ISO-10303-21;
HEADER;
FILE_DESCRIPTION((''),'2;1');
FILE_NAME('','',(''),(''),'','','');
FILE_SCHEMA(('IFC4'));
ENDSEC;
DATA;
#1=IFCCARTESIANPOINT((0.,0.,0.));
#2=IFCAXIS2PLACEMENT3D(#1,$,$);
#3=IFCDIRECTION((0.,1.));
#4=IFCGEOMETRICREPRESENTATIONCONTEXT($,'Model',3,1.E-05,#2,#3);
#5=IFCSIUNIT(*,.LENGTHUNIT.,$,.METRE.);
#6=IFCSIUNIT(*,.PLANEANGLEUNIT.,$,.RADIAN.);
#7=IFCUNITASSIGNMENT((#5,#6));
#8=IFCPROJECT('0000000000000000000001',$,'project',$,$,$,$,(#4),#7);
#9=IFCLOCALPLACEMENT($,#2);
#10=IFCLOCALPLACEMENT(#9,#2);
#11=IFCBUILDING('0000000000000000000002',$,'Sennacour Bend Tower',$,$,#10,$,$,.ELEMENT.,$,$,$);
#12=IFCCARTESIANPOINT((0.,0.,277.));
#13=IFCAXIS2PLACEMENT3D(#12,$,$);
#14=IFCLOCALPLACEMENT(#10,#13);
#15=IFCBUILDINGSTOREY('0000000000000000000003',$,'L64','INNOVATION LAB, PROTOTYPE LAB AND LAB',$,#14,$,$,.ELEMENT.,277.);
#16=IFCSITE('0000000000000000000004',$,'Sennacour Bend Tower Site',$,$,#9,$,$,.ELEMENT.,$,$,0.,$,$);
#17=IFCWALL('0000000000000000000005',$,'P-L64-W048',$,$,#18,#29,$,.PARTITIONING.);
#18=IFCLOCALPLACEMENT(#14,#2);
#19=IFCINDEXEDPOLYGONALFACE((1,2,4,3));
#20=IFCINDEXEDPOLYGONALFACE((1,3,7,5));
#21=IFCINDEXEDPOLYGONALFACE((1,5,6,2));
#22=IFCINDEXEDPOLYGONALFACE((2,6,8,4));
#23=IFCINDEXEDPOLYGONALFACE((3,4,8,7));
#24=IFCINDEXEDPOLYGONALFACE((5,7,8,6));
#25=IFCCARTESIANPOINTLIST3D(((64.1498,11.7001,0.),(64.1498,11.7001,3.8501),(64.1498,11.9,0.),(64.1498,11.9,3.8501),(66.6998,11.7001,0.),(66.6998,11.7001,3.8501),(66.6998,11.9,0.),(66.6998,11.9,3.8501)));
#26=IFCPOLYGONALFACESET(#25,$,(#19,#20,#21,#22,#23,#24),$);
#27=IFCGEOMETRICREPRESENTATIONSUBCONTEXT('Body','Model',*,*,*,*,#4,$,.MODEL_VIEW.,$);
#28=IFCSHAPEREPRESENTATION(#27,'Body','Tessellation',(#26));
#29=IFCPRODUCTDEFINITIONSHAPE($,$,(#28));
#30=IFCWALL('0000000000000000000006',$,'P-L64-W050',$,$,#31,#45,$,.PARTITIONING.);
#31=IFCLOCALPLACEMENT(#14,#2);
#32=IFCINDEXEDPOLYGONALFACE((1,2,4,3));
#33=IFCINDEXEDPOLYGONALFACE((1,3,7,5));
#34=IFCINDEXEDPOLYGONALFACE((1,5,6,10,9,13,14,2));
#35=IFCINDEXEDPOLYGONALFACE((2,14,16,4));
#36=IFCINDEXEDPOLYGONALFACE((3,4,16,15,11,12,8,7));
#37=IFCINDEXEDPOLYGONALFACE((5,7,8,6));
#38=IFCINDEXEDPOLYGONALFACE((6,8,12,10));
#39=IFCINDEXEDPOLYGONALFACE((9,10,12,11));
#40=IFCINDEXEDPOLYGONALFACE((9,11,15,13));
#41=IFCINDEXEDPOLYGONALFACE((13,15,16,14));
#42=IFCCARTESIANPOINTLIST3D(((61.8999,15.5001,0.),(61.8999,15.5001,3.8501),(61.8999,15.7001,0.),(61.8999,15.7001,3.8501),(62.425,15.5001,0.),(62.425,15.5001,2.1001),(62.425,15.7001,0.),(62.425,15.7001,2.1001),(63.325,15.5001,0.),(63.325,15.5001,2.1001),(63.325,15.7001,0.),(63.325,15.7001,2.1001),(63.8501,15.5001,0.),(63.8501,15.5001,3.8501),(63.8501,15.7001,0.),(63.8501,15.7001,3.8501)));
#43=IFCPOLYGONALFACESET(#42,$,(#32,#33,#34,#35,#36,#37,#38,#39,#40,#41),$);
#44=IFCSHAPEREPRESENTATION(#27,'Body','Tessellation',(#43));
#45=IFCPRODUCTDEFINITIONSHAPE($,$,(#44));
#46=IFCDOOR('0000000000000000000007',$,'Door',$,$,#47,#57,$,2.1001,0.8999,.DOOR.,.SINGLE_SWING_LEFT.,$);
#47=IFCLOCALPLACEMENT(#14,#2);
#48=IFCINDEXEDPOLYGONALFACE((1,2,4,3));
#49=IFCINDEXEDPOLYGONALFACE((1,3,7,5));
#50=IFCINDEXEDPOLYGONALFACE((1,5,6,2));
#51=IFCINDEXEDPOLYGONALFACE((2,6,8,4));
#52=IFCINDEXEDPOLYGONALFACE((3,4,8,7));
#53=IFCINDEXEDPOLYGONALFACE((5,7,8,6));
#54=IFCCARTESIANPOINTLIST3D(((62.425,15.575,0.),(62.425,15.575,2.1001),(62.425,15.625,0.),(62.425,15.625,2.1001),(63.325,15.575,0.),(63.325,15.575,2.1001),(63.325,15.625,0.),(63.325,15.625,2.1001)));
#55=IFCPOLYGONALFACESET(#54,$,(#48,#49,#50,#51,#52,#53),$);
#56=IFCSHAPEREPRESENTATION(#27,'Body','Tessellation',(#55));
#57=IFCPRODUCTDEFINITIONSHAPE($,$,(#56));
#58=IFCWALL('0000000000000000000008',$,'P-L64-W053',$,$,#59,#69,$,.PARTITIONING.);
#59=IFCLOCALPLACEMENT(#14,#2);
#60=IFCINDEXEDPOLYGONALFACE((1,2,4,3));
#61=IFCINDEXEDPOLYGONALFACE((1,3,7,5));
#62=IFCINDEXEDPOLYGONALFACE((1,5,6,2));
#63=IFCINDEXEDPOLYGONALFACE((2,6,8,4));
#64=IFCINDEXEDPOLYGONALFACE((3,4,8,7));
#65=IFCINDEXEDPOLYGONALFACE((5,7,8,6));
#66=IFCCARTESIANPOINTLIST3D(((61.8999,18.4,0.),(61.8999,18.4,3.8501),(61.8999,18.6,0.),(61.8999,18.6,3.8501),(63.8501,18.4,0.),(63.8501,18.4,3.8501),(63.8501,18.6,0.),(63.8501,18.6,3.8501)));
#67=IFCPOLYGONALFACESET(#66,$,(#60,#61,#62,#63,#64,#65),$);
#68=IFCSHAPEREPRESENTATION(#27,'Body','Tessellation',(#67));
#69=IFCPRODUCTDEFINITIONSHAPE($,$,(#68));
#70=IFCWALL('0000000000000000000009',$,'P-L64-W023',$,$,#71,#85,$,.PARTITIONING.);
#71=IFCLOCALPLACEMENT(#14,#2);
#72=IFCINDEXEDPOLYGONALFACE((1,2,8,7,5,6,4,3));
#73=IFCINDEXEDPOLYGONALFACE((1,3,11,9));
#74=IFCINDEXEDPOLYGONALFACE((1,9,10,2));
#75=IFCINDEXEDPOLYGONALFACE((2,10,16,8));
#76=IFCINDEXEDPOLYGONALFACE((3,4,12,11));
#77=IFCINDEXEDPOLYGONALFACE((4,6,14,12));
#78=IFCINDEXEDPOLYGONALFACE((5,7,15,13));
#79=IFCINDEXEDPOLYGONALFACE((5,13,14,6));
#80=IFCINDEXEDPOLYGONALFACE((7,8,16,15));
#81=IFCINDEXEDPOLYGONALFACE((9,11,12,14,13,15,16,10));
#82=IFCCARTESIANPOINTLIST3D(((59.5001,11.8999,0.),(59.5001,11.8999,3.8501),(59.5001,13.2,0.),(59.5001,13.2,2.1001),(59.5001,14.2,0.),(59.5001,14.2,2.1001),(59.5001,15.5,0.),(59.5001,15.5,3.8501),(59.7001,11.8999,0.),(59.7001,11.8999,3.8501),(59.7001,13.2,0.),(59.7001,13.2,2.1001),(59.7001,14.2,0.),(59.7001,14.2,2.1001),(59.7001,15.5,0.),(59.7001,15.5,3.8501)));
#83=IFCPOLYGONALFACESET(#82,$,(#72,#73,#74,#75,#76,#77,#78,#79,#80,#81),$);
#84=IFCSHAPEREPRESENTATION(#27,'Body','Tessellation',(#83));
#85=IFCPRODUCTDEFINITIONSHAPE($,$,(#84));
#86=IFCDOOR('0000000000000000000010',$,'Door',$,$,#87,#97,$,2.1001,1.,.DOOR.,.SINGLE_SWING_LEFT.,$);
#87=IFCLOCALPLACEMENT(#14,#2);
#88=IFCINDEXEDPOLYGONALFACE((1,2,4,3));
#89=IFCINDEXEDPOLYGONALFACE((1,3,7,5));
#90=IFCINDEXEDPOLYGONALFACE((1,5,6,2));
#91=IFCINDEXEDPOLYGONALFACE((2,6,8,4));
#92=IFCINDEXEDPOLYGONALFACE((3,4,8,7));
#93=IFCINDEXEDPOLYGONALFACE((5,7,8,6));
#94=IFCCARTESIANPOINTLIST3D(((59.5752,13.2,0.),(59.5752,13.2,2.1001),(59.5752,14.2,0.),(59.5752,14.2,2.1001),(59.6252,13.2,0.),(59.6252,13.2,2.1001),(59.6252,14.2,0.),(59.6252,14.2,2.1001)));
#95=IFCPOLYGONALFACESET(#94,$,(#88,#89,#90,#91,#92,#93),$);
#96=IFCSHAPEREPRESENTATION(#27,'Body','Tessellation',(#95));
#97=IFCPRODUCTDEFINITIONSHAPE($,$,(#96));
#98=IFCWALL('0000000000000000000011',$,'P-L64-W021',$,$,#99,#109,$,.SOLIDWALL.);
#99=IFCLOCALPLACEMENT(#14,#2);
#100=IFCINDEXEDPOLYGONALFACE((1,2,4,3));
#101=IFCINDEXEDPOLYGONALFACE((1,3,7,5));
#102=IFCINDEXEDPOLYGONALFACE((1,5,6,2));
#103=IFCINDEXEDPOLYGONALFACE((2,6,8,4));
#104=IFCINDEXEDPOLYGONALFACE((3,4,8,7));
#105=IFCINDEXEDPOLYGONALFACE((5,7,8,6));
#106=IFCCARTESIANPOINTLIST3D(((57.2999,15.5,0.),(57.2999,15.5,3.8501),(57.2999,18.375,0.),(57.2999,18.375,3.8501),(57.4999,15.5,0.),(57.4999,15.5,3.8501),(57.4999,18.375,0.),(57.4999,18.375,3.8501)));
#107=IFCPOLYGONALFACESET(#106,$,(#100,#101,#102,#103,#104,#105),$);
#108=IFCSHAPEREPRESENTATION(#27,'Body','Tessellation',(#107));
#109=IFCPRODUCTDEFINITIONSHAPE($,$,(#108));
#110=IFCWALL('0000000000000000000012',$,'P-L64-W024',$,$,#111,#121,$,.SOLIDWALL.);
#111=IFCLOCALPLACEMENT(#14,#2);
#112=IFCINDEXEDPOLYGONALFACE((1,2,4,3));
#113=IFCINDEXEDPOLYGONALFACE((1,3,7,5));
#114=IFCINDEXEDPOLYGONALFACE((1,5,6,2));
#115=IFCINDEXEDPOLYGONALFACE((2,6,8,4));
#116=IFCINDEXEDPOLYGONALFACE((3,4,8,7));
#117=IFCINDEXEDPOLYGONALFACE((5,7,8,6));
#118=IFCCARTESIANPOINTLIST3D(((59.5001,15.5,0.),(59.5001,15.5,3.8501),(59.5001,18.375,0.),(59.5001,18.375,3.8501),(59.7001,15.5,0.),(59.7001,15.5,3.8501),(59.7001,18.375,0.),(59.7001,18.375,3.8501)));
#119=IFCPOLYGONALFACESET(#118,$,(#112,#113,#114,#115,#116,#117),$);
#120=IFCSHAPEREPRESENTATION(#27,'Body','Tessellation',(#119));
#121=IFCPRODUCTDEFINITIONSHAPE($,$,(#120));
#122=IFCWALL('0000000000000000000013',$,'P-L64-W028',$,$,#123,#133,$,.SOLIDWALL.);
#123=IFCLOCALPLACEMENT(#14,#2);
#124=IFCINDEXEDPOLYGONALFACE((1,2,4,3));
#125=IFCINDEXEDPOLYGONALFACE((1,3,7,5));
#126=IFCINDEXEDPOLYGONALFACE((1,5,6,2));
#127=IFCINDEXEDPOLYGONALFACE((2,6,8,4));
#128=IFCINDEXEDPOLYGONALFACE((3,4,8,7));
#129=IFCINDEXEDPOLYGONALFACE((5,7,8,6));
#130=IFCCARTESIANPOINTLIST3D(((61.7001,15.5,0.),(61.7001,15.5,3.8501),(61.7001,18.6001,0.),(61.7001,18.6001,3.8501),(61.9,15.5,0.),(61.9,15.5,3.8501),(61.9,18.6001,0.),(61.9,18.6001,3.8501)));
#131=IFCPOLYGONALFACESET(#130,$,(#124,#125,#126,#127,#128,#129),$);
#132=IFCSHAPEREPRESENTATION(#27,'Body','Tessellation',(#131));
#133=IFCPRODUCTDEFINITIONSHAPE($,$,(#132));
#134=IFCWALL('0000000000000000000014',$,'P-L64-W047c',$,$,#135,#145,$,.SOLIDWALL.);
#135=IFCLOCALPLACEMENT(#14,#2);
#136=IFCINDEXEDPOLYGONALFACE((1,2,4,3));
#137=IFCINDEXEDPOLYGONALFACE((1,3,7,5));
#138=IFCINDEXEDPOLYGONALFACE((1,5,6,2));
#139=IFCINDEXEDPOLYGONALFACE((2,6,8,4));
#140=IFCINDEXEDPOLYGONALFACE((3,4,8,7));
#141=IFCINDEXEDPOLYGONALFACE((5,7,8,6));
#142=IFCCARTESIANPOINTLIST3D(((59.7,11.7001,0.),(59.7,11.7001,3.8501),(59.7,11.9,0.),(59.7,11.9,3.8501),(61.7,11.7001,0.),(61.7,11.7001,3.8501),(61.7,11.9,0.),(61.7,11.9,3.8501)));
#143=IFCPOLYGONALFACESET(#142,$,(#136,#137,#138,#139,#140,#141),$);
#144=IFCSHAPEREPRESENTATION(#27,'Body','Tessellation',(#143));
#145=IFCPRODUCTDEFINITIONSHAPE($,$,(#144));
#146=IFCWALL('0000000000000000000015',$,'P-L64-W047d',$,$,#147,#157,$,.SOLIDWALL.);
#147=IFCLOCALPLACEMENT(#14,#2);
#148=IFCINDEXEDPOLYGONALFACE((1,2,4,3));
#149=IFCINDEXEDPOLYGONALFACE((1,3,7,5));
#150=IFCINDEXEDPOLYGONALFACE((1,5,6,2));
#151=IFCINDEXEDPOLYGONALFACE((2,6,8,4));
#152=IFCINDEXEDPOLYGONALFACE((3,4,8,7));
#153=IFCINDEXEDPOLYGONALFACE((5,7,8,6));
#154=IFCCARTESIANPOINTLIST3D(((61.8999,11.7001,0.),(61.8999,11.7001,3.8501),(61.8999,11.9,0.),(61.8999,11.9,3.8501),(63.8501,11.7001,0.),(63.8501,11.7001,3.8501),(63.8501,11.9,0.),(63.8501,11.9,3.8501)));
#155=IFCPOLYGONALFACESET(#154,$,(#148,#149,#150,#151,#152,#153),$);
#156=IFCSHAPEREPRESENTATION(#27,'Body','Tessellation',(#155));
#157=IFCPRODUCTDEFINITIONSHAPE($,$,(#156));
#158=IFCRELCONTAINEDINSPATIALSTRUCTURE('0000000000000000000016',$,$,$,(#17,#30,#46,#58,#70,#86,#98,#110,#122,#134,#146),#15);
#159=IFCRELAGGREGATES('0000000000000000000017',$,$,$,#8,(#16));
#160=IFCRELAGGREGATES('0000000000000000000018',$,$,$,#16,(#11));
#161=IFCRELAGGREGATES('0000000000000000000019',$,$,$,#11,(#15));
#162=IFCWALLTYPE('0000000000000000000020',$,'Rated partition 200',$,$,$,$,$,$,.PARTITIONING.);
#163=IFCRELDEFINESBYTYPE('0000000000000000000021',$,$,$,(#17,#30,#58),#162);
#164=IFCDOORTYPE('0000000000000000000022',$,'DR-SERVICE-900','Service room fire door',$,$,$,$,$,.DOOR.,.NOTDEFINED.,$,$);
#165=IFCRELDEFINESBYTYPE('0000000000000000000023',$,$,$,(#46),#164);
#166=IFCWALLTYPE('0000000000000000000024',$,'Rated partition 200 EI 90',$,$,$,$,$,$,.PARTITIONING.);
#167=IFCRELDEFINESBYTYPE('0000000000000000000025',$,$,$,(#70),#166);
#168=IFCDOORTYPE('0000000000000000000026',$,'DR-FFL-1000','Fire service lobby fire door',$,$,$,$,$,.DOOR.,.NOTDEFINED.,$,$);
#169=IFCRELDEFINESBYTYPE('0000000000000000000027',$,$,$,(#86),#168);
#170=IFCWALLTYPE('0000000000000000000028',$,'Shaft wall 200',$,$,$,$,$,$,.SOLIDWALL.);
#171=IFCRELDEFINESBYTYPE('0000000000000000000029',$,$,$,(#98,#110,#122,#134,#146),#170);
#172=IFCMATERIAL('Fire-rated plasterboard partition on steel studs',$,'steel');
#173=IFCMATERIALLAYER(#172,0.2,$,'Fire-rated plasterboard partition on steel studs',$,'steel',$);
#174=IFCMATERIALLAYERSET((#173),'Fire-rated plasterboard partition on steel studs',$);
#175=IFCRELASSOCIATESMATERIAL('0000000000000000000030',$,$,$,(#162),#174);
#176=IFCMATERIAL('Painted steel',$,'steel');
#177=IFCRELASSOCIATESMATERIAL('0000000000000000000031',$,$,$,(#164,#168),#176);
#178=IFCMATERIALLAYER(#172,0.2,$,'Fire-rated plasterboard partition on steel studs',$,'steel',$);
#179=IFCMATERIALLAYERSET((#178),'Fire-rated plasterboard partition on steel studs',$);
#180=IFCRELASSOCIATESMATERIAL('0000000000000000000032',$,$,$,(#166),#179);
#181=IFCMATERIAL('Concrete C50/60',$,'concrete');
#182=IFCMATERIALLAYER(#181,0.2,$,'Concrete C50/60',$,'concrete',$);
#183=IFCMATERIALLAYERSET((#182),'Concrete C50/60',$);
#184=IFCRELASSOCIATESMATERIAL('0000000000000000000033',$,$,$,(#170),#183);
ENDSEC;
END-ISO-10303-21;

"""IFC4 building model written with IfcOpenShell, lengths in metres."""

from ifc_helpers import new_model, si_unit, direction, frame, frame_2d, origin, place, context, subcontext, project, spatial, rectangle, extrude, material, layer, layer_set, type_object, element, fill, save


model = new_model("IFC4")

# Units and contexts
model_context = context("Model", 3, precision=1e-05, world=origin(), true_north=direction((0.0, 1.0)))
body_context = subcontext(model_context, "Body", "Model", "MODEL_VIEW")
ifc_project = project(units=[si_unit("LENGTHUNIT", "METRE"), si_unit("PLANEANGLEUNIT", "RADIAN")], contexts=[model_context])

# Site, building, storey
site_placement = place(None, origin())
site = spatial("IfcSite", under=ifc_project, at=site_placement, Name="Sennacour Bend Tower Site", CompositionType="ELEMENT", RefElevation=0.0)
building_placement = place(site_placement, origin())
building = spatial("IfcBuilding", under=site, at=building_placement, Name="Sennacour Bend Tower", CompositionType="ELEMENT")
storey_placement = place(building_placement, frame((0.0, 0.0, 277.0)))
storey = spatial("IfcBuildingStorey", under=building, at=storey_placement, Name="L64", Description="INNOVATION LAB, PROTOTYPE LAB AND LAB", CompositionType="ELEMENT", Elevation=277.0)

# Wall
ifc_material_1 = material(Name="Fire-rated plasterboard partition on steel studs", Category="steel")
ifc_layer_1 = layer(ifc_material_1, 0.2, Name="Fire-rated plasterboard partition on steel studs", Category="steel")
ifc_layer_set_1 = layer_set([ifc_layer_1], Name="Fire-rated plasterboard partition on steel studs")
wall_type_1 = type_object("IfcWallType", Name="Rated partition 200", PredefinedType="PARTITIONING", material=ifc_layer_set_1)
wall_1_placement = place(storey_placement, frame((64.1499, 11.8, 0.0), z_axis=(0.0, 0.0, 1.0), x_axis=(1.0, 0.0, 0.0)))
element("IfcWall", 1, at=wall_1_placement, inside=storey, type_object=wall_type_1, Name="P-L64-W048", PredefinedType="PARTITIONING", context=body_context, shape_type="SweptSolid", body=[
    extrude(rectangle(XDim=2.55, YDim=0.2, at=frame_2d((1.2749, 0.0))), origin(), (0.0, 0.0, 1.0), 3.8501),
])

# Wall, opening, door
wall_2_placement = place(storey_placement, frame((61.8999, 15.6001, 0.0), z_axis=(0.0, 0.0, 1.0), x_axis=(1.0, 0.0, 0.0)))
wall_2 = element("IfcWall", 2, at=wall_2_placement, inside=storey, type_object=wall_type_1, Name="P-L64-W050", PredefinedType="PARTITIONING", context=body_context, shape_type="SweptSolid", body=[
    extrude(rectangle(XDim=1.9502, YDim=0.2, at=frame_2d((0.9751, 0.0))), origin(), (0.0, 0.0, 1.0), 3.8501),
])
opening_1_placement = place(wall_2_placement, frame((0.5251, 0.0, 0.0)))
opening_1 = element("IfcOpeningElement", 3, at=opening_1_placement, cuts=wall_2, PredefinedType="OPENING", context=body_context, shape_type="SweptSolid", body=[
    extrude(rectangle(XDim=0.8999, YDim=2.1001, at=frame_2d((0.45, 1.05))), frame((0.0, 0.1099, 0.0), z_axis=(0.0, -1.0, 0.0), x_axis=(1.0, 0.0, 0.0)), (0.0, 0.0, 1.0), 0.22),
])
ifc_material_2 = material(Name="Painted steel", Category="steel")
door_type_1 = type_object("IfcDoorType", Name="DR-SERVICE-900", Description="Service room fire door", OperationType="NOTDEFINED", PredefinedType="DOOR", material=ifc_material_2)
door_1_placement = place(opening_1_placement, origin())
door_1 = element("IfcDoor", 4, at=door_1_placement, inside=storey, type_object=door_type_1, Name="Door", OperationType="SINGLE_SWING_LEFT", OverallHeight=2.1001, OverallWidth=0.8999, PredefinedType="DOOR", context=body_context, shape_type="SweptSolid", body=[
    extrude(rectangle(XDim=0.8999, YDim=2.1001, at=frame_2d((0.45, 1.05))), frame((0.0, 0.0249, 0.0), z_axis=(0.0, -1.0, 0.0), x_axis=(1.0, 0.0, 0.0)), (0.0, 0.0, 1.0), 0.05),
])
fill(opening_1, door_1)

# Wall
wall_3_placement = place(storey_placement, frame((61.8999, 18.5, 0.0), z_axis=(0.0, 0.0, 1.0), x_axis=(1.0, 0.0, 0.0)))
element("IfcWall", 5, at=wall_3_placement, inside=storey, type_object=wall_type_1, Name="P-L64-W053", PredefinedType="PARTITIONING", context=body_context, shape_type="SweptSolid", body=[
    extrude(rectangle(XDim=1.9502, YDim=0.2, at=frame_2d((0.9751, 0.0))), origin(), (0.0, 0.0, 1.0), 3.8501),
])

# Wall, opening, door
ifc_layer_2 = layer(ifc_material_1, 0.2, Name="Fire-rated plasterboard partition on steel studs", Category="steel")
ifc_layer_set_2 = layer_set([ifc_layer_2], Name="Fire-rated plasterboard partition on steel studs")
wall_type_2 = type_object("IfcWallType", Name="Rated partition 200 EI 90", PredefinedType="PARTITIONING", material=ifc_layer_set_2)
wall_4_placement = place(storey_placement, frame((59.6001, 11.8999, 0.0), z_axis=(0.0, 0.0, 1.0), x_axis=(0.0, 1.0, 0.0)))
wall_4 = element("IfcWall", 6, at=wall_4_placement, inside=storey, type_object=wall_type_2, Name="P-L64-W023", PredefinedType="PARTITIONING", context=body_context, shape_type="SweptSolid", body=[
    extrude(rectangle(XDim=3.6001, YDim=0.2, at=frame_2d((1.8, 0.0))), origin(), (0.0, 0.0, 1.0), 3.8501),
])
opening_2_placement = place(wall_4_placement, frame((1.3, 0.0, 0.0)))
opening_2 = element("IfcOpeningElement", 7, at=opening_2_placement, cuts=wall_4, PredefinedType="OPENING", context=body_context, shape_type="SweptSolid", body=[
    extrude(rectangle(XDim=1.0, YDim=2.1001, at=frame_2d((0.5, 1.05))), frame((0.0, 0.1099, 0.0), z_axis=(0.0, -1.0, 0.0), x_axis=(1.0, 0.0, 0.0)), (0.0, 0.0, 1.0), 0.22),
])
door_type_2 = type_object("IfcDoorType", Name="DR-FFL-1000", Description="Fire service lobby fire door", OperationType="NOTDEFINED", PredefinedType="DOOR", material=ifc_material_2)
door_2_placement = place(opening_2_placement, origin())
door_2 = element("IfcDoor", 8, at=door_2_placement, inside=storey, type_object=door_type_2, Name="Door", OperationType="SINGLE_SWING_LEFT", OverallHeight=2.1001, OverallWidth=1.0, PredefinedType="DOOR", context=body_context, shape_type="SweptSolid", body=[
    extrude(rectangle(XDim=1.0, YDim=2.1001, at=frame_2d((0.5, 1.05))), frame((0.0, 0.0249, 0.0), z_axis=(0.0, -1.0, 0.0), x_axis=(1.0, 0.0, 0.0)), (0.0, 0.0, 1.0), 0.05),
])
fill(opening_2, door_2)

# Walls
ifc_material_3 = material(Name="Concrete C50/60", Category="concrete")
ifc_layer_3 = layer(ifc_material_3, 0.2, Name="Concrete C50/60", Category="concrete")
ifc_layer_set_3 = layer_set([ifc_layer_3], Name="Concrete C50/60")
wall_type_3 = type_object("IfcWallType", Name="Shaft wall 200", PredefinedType="SOLIDWALL", material=ifc_layer_set_3)
for number, where, z_axis, x_axis, name in (
    (9, (57.3999, 15.5, 0.0), (0.0, 0.0, 1.0), (0.0, 1.0, 0.0), "P-L64-W021"),
    (10, (59.6001, 15.5, 0.0), (0.0, 0.0, 1.0), (0.0, 1.0, 0.0), "P-L64-W024"),
):
    element("IfcWall", number, at=place(storey_placement, frame(where, z_axis=z_axis, x_axis=x_axis)), inside=storey, type_object=wall_type_3, Name=name, PredefinedType="SOLIDWALL", context=body_context, shape_type="SweptSolid", body=[
        extrude(rectangle(XDim=2.875, YDim=0.2, at=frame_2d((1.4375, 0.0))), origin(), (0.0, 0.0, 1.0), 3.8501),
    ])
wall_5_placement = place(storey_placement, frame((61.8, 15.5, 0.0), z_axis=(0.0, 0.0, 1.0), x_axis=(0.0, 1.0, 0.0)))
element("IfcWall", 11, at=wall_5_placement, inside=storey, type_object=wall_type_3, Name="P-L64-W028", PredefinedType="SOLIDWALL", context=body_context, shape_type="SweptSolid", body=[
    extrude(rectangle(XDim=3.1001, YDim=0.2, at=frame_2d((1.55, 0.0))), origin(), (0.0, 0.0, 1.0), 3.8501),
])
wall_6_placement = place(storey_placement, frame((59.7, 11.8, 0.0), z_axis=(0.0, 0.0, 1.0), x_axis=(1.0, 0.0, 0.0)))
element("IfcWall", 12, at=wall_6_placement, inside=storey, type_object=wall_type_3, Name="P-L64-W047c", PredefinedType="SOLIDWALL", context=body_context, shape_type="SweptSolid", body=[
    extrude(rectangle(XDim=2.0, YDim=0.2, at=frame_2d((1.0, 0.0))), origin(), (0.0, 0.0, 1.0), 3.8501),
])
wall_7_placement = place(storey_placement, frame((61.8999, 11.8, 0.0), z_axis=(0.0, 0.0, 1.0), x_axis=(1.0, 0.0, 0.0)))
element("IfcWall", 13, at=wall_7_placement, inside=storey, type_object=wall_type_3, Name="P-L64-W047d", PredefinedType="SOLIDWALL", context=body_context, shape_type="SweptSolid", body=[
    extrude(rectangle(XDim=1.9502, YDim=0.2, at=frame_2d((0.9751, 0.0))), origin(), (0.0, 0.0, 1.0), 3.8501),
])

save(model, "model.ifc")
